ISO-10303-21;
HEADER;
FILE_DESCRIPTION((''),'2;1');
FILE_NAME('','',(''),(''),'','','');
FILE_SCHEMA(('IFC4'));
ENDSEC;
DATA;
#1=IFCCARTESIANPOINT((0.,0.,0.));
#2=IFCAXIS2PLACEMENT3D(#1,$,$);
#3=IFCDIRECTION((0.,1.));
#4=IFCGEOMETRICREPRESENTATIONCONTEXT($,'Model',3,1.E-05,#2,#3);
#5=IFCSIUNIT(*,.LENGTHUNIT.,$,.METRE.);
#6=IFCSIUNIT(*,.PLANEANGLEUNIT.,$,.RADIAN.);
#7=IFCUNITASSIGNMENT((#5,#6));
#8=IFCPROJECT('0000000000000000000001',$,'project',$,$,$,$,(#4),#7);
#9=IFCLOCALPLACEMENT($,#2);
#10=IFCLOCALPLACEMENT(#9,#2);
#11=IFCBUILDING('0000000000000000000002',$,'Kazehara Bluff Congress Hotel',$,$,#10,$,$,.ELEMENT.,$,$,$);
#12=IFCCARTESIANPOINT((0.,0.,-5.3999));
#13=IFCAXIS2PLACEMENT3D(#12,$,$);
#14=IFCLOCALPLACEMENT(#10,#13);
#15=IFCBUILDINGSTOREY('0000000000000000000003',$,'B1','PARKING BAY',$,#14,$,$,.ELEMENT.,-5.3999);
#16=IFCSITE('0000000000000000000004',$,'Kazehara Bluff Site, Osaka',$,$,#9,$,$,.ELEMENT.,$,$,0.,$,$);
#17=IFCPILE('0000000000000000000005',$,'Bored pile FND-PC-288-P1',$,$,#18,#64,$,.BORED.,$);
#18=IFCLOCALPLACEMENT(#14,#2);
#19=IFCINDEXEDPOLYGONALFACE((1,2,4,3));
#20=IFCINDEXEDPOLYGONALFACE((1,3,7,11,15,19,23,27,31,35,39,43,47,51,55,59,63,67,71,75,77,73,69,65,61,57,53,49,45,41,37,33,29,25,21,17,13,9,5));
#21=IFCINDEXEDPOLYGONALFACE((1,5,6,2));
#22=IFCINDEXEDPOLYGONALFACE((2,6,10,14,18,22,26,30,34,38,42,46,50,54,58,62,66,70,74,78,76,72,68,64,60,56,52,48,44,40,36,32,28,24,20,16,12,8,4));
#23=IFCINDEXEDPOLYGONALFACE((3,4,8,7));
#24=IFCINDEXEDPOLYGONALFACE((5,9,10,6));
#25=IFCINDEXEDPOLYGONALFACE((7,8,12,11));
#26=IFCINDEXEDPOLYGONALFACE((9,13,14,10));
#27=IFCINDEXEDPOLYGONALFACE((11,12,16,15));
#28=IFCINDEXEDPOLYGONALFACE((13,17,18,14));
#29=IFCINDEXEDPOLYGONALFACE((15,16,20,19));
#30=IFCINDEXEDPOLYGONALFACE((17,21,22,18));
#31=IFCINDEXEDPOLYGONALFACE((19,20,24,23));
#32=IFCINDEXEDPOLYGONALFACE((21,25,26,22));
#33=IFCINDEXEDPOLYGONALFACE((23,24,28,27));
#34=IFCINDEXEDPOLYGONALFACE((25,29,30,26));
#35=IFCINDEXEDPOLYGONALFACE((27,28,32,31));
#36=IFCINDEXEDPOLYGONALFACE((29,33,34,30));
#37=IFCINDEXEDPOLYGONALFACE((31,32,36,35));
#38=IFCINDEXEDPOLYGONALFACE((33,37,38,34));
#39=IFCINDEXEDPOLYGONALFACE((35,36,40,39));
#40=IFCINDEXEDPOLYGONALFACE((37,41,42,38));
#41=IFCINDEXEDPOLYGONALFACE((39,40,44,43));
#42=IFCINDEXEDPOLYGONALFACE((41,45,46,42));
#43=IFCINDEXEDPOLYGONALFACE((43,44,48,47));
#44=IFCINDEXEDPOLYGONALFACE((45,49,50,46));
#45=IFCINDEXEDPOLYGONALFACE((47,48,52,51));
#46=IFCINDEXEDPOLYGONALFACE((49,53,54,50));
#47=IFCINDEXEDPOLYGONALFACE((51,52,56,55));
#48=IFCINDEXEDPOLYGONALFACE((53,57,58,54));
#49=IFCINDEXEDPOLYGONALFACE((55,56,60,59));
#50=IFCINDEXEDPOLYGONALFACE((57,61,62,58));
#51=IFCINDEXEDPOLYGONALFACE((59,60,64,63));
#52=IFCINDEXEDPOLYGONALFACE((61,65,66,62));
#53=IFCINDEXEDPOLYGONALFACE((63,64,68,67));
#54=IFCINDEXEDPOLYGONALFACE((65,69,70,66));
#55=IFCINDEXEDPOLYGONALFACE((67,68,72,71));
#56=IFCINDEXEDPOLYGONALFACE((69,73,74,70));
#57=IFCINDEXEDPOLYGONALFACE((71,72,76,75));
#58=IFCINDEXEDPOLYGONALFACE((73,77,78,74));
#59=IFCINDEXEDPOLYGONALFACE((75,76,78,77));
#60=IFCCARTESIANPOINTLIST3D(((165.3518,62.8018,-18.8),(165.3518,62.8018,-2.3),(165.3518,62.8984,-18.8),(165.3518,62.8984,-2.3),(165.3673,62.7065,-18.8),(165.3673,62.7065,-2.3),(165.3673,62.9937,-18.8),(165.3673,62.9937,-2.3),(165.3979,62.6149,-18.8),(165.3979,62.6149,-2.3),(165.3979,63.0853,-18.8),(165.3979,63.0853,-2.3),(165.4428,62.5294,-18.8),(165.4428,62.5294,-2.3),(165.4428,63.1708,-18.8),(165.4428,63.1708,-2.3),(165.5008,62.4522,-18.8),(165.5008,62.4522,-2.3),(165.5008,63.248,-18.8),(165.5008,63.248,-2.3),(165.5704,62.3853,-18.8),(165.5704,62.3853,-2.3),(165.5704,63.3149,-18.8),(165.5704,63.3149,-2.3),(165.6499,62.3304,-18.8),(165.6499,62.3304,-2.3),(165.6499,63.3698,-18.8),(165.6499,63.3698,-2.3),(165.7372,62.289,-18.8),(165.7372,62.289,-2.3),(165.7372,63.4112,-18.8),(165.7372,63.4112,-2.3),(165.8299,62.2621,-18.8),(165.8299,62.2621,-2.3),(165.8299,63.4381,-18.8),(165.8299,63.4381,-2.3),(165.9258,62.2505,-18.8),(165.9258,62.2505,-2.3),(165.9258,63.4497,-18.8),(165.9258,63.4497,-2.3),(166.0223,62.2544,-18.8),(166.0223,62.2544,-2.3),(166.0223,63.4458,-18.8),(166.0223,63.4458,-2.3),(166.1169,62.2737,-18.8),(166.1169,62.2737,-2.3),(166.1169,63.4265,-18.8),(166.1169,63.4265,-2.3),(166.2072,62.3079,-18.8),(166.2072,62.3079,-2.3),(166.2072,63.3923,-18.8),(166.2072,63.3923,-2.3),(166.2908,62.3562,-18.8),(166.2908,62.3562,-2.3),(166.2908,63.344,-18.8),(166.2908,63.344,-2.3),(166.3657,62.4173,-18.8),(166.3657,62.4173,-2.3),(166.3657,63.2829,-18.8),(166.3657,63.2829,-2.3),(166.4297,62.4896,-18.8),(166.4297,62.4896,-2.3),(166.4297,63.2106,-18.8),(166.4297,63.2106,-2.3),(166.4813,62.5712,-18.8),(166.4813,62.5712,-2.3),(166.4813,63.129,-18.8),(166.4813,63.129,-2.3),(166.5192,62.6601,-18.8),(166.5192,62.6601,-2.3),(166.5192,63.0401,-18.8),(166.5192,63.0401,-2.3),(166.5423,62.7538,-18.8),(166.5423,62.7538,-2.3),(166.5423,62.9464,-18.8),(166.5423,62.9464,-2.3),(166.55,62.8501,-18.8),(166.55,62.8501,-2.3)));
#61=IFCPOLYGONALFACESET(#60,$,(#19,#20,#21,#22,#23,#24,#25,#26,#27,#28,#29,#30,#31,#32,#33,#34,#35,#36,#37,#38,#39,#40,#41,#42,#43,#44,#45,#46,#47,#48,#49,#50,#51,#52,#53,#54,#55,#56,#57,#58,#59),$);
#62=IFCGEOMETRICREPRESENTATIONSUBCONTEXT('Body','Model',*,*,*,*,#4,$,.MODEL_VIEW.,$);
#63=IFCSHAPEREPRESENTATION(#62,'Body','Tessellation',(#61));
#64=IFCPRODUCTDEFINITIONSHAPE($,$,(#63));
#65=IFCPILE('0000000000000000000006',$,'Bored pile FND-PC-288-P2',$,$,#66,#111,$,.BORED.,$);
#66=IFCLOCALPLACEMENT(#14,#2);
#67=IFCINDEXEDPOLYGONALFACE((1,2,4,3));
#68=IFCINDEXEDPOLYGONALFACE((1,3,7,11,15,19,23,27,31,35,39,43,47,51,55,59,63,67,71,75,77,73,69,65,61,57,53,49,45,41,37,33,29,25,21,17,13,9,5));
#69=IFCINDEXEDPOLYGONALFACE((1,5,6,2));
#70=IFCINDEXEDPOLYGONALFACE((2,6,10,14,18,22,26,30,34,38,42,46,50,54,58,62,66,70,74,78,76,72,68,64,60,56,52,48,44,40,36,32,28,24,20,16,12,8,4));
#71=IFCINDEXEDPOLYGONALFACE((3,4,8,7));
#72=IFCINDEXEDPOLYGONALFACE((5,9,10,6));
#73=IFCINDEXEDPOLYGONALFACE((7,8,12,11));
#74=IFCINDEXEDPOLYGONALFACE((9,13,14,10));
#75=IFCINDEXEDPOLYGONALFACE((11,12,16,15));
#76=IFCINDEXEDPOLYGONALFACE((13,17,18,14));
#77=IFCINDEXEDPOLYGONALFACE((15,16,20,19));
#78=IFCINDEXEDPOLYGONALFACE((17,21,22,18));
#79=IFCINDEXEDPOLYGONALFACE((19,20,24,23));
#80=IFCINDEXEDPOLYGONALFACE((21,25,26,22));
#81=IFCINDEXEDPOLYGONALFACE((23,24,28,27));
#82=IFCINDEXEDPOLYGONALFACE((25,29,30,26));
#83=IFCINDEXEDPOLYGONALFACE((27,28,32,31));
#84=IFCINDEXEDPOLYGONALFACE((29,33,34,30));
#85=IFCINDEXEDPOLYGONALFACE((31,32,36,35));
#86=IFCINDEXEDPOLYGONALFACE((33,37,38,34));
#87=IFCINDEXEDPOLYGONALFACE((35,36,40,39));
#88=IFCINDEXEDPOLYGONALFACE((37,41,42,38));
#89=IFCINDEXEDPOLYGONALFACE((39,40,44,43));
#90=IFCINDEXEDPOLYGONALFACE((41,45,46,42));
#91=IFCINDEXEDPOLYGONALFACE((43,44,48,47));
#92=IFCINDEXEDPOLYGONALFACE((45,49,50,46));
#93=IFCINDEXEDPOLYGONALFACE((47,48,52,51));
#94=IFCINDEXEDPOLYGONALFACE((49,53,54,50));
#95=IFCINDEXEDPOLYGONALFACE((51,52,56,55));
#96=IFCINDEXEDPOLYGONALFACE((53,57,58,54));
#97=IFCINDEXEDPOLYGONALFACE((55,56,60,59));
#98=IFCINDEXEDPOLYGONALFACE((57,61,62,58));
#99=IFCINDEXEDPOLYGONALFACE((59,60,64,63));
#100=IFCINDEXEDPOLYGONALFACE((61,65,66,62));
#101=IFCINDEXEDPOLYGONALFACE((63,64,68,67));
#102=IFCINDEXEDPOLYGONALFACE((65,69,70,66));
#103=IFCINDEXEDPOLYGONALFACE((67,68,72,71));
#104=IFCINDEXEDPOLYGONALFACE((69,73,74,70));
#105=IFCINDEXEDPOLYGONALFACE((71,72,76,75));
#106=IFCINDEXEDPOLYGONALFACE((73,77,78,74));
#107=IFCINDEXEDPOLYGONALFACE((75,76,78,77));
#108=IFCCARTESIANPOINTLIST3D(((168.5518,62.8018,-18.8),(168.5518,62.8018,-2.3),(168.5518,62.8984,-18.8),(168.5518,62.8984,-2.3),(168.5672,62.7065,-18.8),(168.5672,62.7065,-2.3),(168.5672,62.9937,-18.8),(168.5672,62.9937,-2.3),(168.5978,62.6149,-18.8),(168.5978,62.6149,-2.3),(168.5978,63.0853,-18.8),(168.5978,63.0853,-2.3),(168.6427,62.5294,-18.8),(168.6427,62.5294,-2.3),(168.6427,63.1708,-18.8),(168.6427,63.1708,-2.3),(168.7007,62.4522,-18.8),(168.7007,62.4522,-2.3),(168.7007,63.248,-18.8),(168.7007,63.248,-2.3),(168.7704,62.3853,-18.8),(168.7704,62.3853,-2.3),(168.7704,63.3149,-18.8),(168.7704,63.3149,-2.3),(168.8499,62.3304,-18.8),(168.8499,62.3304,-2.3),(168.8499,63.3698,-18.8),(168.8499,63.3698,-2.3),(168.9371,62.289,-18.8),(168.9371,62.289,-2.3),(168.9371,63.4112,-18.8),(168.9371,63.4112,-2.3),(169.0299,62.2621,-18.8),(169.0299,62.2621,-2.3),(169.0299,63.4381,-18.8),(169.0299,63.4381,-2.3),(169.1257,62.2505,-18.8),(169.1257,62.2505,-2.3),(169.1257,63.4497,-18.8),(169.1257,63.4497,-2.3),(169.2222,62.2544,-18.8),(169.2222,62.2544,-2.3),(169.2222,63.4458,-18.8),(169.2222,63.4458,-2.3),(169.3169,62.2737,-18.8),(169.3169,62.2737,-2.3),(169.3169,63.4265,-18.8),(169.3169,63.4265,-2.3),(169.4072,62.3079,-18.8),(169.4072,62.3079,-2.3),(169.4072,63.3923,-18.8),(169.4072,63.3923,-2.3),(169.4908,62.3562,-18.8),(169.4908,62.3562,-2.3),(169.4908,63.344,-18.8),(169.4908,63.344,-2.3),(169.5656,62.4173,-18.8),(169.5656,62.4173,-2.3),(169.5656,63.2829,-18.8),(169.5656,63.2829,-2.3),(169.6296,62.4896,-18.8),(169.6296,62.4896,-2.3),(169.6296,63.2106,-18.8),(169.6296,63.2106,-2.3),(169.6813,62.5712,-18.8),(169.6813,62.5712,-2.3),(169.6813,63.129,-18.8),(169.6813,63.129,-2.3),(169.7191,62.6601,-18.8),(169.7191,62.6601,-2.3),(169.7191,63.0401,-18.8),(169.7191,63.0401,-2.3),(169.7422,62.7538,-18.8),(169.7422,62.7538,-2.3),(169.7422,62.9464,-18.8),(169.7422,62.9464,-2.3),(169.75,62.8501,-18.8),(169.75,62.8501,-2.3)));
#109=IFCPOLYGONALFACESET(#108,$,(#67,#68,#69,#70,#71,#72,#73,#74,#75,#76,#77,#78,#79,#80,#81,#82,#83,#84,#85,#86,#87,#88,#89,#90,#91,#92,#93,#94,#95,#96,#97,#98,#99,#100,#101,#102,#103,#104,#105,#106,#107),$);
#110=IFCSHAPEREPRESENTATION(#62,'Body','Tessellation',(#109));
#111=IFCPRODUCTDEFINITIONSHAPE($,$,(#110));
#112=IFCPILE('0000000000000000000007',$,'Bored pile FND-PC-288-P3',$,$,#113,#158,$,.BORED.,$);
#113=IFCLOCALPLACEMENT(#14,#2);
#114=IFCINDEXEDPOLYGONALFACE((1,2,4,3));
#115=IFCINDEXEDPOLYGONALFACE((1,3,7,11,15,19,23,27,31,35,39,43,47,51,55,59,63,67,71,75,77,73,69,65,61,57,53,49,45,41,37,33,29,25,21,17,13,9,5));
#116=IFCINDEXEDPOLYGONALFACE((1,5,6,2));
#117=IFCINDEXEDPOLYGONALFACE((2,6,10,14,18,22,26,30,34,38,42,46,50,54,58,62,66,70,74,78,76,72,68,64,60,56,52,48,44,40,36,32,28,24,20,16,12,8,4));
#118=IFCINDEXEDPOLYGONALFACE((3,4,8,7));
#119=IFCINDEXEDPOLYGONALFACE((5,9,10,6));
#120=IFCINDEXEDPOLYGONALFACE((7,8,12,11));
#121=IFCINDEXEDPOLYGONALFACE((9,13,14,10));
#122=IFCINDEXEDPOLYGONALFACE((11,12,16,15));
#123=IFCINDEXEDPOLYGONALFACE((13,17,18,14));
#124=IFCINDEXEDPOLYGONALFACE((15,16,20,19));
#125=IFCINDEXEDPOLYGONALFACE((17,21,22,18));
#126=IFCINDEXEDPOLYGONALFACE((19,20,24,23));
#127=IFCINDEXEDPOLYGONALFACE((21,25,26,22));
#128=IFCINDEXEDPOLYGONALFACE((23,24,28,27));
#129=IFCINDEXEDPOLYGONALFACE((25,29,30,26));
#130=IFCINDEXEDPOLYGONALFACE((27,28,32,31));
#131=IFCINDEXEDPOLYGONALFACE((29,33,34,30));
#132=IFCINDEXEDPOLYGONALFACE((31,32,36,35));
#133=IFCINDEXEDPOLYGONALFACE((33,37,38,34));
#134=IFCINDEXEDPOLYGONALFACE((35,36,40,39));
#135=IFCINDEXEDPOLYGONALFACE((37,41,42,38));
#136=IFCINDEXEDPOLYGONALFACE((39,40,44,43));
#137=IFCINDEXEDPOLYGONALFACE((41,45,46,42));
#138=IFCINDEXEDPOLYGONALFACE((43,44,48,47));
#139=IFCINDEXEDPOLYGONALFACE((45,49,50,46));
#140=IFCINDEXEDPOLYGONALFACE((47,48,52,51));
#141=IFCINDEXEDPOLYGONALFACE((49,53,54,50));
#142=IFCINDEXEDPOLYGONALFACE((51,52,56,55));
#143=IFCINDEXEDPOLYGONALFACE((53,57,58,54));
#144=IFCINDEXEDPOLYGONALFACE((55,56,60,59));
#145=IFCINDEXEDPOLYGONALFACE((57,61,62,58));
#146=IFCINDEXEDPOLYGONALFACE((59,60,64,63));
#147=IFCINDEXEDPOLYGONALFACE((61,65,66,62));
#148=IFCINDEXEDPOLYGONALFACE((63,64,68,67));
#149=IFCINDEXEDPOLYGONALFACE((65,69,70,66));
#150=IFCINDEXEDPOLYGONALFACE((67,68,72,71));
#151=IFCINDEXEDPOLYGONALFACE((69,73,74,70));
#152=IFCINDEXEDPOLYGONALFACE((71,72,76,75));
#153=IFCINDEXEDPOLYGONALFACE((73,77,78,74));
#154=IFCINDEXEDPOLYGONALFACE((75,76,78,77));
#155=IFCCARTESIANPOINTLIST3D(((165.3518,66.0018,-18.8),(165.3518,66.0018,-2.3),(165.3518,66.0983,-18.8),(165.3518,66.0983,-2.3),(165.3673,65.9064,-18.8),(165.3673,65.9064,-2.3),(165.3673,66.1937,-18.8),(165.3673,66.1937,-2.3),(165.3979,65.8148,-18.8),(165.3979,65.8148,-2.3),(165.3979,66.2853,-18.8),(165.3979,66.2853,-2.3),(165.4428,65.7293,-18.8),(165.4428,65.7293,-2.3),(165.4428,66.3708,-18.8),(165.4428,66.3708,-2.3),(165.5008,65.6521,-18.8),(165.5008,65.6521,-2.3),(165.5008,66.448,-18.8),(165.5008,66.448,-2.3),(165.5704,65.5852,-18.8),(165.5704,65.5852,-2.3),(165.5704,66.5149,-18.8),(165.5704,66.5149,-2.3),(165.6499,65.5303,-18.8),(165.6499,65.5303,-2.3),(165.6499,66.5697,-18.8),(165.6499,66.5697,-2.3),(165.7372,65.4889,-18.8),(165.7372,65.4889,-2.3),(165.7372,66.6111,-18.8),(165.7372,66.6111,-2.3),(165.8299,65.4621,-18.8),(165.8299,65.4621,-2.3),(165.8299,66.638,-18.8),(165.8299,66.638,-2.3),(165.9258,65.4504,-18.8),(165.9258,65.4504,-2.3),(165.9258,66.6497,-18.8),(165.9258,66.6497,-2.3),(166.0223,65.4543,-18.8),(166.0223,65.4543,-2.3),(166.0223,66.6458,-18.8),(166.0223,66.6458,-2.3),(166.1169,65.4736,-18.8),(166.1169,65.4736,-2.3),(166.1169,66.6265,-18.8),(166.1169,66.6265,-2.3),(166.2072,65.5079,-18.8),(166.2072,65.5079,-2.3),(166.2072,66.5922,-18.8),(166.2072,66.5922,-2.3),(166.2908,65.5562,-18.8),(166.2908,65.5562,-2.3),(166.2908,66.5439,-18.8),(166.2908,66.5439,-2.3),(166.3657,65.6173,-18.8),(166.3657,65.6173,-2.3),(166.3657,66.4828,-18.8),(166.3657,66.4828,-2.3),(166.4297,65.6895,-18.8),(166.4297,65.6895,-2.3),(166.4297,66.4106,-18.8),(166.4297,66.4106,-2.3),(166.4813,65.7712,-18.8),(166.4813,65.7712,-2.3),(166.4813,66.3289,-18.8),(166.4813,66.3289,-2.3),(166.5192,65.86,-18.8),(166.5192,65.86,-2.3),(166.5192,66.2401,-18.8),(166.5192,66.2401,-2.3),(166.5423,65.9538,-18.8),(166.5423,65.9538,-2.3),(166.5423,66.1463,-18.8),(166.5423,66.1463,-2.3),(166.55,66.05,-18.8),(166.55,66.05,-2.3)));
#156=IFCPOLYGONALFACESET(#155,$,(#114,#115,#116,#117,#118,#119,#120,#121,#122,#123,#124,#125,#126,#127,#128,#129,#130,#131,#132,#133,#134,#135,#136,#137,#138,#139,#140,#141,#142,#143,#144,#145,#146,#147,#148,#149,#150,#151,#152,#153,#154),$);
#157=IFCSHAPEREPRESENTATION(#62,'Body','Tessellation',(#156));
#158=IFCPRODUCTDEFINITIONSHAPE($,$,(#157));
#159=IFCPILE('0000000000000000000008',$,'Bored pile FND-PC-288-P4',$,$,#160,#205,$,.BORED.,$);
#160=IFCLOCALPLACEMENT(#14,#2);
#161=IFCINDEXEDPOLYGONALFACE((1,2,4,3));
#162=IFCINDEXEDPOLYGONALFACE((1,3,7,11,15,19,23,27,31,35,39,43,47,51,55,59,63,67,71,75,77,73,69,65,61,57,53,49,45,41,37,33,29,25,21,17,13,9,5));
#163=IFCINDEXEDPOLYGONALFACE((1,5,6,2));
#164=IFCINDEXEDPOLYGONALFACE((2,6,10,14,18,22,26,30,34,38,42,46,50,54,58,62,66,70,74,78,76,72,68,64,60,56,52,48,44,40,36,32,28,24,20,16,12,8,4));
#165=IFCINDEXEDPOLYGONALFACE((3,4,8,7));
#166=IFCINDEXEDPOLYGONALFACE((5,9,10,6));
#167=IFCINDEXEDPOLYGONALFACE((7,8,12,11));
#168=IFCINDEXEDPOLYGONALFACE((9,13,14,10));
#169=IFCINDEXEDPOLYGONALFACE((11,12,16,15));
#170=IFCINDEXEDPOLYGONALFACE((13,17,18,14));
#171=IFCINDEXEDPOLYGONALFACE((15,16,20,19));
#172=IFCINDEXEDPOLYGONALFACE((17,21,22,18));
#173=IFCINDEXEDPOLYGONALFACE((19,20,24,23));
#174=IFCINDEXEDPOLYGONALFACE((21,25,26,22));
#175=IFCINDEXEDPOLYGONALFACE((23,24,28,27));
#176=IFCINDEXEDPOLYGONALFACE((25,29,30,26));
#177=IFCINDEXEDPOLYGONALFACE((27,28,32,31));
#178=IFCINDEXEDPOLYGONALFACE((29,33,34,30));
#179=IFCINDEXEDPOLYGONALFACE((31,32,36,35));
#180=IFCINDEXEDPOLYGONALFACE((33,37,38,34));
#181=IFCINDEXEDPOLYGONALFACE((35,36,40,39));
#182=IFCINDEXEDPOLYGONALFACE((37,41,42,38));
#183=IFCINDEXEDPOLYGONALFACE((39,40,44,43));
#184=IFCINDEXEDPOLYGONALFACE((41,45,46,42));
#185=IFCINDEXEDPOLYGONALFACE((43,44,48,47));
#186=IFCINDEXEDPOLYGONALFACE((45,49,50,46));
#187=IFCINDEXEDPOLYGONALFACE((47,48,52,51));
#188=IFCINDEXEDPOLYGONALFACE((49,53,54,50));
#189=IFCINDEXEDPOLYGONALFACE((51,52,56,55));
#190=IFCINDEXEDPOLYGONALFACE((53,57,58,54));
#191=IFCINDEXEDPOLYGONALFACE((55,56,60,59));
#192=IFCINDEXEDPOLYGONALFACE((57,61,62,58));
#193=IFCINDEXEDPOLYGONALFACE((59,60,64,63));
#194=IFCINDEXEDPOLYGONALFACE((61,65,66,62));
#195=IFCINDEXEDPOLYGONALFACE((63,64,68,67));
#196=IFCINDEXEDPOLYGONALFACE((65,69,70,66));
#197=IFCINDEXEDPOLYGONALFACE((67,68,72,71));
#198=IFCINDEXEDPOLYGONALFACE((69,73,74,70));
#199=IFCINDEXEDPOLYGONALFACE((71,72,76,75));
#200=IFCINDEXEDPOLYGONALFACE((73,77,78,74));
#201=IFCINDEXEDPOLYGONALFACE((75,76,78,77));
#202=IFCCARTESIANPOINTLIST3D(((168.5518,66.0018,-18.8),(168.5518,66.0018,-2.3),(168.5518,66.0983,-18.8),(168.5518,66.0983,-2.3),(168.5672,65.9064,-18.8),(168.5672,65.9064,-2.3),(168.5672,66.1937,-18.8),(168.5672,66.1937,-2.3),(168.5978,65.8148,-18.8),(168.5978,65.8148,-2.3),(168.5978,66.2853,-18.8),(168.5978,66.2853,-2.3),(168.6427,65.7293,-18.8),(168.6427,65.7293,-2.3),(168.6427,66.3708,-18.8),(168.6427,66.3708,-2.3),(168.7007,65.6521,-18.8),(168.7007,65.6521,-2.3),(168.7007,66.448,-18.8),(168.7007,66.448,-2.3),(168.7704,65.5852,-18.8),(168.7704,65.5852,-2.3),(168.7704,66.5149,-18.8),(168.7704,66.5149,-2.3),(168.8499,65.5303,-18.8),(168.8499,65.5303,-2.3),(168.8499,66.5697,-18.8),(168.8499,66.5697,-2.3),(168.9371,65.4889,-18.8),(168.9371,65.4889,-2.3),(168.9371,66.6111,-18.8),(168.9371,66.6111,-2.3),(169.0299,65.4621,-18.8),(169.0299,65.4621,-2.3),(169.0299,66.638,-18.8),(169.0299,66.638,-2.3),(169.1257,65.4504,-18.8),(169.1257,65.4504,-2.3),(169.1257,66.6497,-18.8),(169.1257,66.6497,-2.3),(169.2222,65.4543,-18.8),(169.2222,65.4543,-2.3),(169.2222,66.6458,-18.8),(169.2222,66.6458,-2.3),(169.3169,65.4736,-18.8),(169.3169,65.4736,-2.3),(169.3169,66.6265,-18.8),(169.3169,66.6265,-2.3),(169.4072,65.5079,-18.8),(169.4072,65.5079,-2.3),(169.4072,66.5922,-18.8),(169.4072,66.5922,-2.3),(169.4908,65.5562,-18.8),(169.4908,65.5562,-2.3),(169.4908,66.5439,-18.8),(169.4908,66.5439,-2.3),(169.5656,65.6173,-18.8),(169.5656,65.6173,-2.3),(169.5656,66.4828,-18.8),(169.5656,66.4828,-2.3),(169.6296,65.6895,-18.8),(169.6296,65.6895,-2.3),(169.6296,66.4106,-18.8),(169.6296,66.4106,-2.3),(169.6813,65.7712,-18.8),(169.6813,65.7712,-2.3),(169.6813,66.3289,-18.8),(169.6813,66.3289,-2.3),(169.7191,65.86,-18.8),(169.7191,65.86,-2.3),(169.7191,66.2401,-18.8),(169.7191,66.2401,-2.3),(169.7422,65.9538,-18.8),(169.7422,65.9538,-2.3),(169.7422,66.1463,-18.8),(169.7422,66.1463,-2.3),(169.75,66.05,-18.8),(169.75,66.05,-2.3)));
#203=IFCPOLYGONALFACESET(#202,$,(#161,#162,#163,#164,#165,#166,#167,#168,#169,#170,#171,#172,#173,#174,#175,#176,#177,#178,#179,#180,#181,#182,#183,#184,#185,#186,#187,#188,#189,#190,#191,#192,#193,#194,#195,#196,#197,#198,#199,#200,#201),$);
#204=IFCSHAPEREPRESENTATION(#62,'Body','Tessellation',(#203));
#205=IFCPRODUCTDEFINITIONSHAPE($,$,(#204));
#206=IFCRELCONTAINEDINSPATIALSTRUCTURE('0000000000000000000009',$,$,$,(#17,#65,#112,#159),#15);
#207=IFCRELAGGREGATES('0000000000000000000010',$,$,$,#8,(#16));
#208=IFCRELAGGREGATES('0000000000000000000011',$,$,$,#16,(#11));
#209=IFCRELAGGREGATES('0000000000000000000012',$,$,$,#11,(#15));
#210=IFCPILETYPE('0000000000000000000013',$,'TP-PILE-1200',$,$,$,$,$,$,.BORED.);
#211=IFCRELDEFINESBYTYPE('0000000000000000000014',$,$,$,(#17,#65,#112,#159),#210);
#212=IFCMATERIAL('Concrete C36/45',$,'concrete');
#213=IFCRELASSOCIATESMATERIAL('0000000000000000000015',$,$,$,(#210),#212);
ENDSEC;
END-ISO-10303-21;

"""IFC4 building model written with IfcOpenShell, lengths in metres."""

from ifc_helpers import new_model, si_unit, direction, frame, origin, origin_2d, place, context, subcontext, project, spatial, circle, extrude, material, material_profile, profile_set, type_object, element, save


model = new_model("IFC4")

# Units and contexts
model_context = context("Model", 3, precision=1e-05, world=origin(), true_north=direction((0.0, 1.0)))
body_context = subcontext(model_context, "Body", "Model", "MODEL_VIEW")
ifc_project = project(units=[si_unit("LENGTHUNIT", "METRE"), si_unit("PLANEANGLEUNIT", "RADIAN")], contexts=[model_context])

# Site, building, storey
site_placement = place(None, origin())
site = spatial("IfcSite", under=ifc_project, at=site_placement, Name="Kazehara Bluff Site, Osaka", CompositionType="ELEMENT", RefElevation=0.0)
building_placement = place(site_placement, origin())
building = spatial("IfcBuilding", under=site, at=building_placement, Name="Kazehara Bluff Congress Hotel", CompositionType="ELEMENT")
storey_placement = place(building_placement, frame((0.0, 0.0, -5.3999)))
storey = spatial("IfcBuildingStorey", under=building, at=storey_placement, Name="B1", Description="PARKING BAY", CompositionType="ELEMENT", Elevation=-5.3999)

# Piles
ifc_material_1 = material(Name="Concrete C36/45", Category="concrete")
ifc_material_profile_1 = material_profile(ifc_material_1, circle(Radius=0.6001, at=origin_2d()))
ifc_profile_set_1 = profile_set([ifc_material_profile_1], Name="Concrete C36/45")
pile_type = type_object("IfcPileType", Name="TP-PILE-1200", PredefinedType="BORED", material=ifc_profile_set_1)
for number, where, z_axis, x_axis, name in (
    (1, (165.95, 62.8501, -2.3), (0.0, 0.0, -1.0), (1.0, 0.0, 0.0), "Bored pile FND-PC-288-P1"),
    (2, (169.1499, 62.8501, -2.3), (0.0, 0.0, -1.0), (1.0, 0.0, 0.0), "Bored pile FND-PC-288-P2"),
    (3, (165.95, 66.05, -2.3), (0.0, 0.0, -1.0), (1.0, 0.0, 0.0), "Bored pile FND-PC-288-P3"),
    (4, (169.1499, 66.05, -2.3), (0.0, 0.0, -1.0), (1.0, 0.0, 0.0), "Bored pile FND-PC-288-P4"),
):
    element("IfcPile", number, at=place(storey_placement, frame(where, z_axis=z_axis, x_axis=x_axis)), inside=storey, type_object=pile_type, Name=name, PredefinedType="BORED", context=body_context, shape_type="SweptSolid", body=[
        extrude(circle(Radius=0.6001, at=origin_2d()), origin(), (0.0, 0.0, 1.0), 16.5),
    ])

save(model, "model.ifc")
